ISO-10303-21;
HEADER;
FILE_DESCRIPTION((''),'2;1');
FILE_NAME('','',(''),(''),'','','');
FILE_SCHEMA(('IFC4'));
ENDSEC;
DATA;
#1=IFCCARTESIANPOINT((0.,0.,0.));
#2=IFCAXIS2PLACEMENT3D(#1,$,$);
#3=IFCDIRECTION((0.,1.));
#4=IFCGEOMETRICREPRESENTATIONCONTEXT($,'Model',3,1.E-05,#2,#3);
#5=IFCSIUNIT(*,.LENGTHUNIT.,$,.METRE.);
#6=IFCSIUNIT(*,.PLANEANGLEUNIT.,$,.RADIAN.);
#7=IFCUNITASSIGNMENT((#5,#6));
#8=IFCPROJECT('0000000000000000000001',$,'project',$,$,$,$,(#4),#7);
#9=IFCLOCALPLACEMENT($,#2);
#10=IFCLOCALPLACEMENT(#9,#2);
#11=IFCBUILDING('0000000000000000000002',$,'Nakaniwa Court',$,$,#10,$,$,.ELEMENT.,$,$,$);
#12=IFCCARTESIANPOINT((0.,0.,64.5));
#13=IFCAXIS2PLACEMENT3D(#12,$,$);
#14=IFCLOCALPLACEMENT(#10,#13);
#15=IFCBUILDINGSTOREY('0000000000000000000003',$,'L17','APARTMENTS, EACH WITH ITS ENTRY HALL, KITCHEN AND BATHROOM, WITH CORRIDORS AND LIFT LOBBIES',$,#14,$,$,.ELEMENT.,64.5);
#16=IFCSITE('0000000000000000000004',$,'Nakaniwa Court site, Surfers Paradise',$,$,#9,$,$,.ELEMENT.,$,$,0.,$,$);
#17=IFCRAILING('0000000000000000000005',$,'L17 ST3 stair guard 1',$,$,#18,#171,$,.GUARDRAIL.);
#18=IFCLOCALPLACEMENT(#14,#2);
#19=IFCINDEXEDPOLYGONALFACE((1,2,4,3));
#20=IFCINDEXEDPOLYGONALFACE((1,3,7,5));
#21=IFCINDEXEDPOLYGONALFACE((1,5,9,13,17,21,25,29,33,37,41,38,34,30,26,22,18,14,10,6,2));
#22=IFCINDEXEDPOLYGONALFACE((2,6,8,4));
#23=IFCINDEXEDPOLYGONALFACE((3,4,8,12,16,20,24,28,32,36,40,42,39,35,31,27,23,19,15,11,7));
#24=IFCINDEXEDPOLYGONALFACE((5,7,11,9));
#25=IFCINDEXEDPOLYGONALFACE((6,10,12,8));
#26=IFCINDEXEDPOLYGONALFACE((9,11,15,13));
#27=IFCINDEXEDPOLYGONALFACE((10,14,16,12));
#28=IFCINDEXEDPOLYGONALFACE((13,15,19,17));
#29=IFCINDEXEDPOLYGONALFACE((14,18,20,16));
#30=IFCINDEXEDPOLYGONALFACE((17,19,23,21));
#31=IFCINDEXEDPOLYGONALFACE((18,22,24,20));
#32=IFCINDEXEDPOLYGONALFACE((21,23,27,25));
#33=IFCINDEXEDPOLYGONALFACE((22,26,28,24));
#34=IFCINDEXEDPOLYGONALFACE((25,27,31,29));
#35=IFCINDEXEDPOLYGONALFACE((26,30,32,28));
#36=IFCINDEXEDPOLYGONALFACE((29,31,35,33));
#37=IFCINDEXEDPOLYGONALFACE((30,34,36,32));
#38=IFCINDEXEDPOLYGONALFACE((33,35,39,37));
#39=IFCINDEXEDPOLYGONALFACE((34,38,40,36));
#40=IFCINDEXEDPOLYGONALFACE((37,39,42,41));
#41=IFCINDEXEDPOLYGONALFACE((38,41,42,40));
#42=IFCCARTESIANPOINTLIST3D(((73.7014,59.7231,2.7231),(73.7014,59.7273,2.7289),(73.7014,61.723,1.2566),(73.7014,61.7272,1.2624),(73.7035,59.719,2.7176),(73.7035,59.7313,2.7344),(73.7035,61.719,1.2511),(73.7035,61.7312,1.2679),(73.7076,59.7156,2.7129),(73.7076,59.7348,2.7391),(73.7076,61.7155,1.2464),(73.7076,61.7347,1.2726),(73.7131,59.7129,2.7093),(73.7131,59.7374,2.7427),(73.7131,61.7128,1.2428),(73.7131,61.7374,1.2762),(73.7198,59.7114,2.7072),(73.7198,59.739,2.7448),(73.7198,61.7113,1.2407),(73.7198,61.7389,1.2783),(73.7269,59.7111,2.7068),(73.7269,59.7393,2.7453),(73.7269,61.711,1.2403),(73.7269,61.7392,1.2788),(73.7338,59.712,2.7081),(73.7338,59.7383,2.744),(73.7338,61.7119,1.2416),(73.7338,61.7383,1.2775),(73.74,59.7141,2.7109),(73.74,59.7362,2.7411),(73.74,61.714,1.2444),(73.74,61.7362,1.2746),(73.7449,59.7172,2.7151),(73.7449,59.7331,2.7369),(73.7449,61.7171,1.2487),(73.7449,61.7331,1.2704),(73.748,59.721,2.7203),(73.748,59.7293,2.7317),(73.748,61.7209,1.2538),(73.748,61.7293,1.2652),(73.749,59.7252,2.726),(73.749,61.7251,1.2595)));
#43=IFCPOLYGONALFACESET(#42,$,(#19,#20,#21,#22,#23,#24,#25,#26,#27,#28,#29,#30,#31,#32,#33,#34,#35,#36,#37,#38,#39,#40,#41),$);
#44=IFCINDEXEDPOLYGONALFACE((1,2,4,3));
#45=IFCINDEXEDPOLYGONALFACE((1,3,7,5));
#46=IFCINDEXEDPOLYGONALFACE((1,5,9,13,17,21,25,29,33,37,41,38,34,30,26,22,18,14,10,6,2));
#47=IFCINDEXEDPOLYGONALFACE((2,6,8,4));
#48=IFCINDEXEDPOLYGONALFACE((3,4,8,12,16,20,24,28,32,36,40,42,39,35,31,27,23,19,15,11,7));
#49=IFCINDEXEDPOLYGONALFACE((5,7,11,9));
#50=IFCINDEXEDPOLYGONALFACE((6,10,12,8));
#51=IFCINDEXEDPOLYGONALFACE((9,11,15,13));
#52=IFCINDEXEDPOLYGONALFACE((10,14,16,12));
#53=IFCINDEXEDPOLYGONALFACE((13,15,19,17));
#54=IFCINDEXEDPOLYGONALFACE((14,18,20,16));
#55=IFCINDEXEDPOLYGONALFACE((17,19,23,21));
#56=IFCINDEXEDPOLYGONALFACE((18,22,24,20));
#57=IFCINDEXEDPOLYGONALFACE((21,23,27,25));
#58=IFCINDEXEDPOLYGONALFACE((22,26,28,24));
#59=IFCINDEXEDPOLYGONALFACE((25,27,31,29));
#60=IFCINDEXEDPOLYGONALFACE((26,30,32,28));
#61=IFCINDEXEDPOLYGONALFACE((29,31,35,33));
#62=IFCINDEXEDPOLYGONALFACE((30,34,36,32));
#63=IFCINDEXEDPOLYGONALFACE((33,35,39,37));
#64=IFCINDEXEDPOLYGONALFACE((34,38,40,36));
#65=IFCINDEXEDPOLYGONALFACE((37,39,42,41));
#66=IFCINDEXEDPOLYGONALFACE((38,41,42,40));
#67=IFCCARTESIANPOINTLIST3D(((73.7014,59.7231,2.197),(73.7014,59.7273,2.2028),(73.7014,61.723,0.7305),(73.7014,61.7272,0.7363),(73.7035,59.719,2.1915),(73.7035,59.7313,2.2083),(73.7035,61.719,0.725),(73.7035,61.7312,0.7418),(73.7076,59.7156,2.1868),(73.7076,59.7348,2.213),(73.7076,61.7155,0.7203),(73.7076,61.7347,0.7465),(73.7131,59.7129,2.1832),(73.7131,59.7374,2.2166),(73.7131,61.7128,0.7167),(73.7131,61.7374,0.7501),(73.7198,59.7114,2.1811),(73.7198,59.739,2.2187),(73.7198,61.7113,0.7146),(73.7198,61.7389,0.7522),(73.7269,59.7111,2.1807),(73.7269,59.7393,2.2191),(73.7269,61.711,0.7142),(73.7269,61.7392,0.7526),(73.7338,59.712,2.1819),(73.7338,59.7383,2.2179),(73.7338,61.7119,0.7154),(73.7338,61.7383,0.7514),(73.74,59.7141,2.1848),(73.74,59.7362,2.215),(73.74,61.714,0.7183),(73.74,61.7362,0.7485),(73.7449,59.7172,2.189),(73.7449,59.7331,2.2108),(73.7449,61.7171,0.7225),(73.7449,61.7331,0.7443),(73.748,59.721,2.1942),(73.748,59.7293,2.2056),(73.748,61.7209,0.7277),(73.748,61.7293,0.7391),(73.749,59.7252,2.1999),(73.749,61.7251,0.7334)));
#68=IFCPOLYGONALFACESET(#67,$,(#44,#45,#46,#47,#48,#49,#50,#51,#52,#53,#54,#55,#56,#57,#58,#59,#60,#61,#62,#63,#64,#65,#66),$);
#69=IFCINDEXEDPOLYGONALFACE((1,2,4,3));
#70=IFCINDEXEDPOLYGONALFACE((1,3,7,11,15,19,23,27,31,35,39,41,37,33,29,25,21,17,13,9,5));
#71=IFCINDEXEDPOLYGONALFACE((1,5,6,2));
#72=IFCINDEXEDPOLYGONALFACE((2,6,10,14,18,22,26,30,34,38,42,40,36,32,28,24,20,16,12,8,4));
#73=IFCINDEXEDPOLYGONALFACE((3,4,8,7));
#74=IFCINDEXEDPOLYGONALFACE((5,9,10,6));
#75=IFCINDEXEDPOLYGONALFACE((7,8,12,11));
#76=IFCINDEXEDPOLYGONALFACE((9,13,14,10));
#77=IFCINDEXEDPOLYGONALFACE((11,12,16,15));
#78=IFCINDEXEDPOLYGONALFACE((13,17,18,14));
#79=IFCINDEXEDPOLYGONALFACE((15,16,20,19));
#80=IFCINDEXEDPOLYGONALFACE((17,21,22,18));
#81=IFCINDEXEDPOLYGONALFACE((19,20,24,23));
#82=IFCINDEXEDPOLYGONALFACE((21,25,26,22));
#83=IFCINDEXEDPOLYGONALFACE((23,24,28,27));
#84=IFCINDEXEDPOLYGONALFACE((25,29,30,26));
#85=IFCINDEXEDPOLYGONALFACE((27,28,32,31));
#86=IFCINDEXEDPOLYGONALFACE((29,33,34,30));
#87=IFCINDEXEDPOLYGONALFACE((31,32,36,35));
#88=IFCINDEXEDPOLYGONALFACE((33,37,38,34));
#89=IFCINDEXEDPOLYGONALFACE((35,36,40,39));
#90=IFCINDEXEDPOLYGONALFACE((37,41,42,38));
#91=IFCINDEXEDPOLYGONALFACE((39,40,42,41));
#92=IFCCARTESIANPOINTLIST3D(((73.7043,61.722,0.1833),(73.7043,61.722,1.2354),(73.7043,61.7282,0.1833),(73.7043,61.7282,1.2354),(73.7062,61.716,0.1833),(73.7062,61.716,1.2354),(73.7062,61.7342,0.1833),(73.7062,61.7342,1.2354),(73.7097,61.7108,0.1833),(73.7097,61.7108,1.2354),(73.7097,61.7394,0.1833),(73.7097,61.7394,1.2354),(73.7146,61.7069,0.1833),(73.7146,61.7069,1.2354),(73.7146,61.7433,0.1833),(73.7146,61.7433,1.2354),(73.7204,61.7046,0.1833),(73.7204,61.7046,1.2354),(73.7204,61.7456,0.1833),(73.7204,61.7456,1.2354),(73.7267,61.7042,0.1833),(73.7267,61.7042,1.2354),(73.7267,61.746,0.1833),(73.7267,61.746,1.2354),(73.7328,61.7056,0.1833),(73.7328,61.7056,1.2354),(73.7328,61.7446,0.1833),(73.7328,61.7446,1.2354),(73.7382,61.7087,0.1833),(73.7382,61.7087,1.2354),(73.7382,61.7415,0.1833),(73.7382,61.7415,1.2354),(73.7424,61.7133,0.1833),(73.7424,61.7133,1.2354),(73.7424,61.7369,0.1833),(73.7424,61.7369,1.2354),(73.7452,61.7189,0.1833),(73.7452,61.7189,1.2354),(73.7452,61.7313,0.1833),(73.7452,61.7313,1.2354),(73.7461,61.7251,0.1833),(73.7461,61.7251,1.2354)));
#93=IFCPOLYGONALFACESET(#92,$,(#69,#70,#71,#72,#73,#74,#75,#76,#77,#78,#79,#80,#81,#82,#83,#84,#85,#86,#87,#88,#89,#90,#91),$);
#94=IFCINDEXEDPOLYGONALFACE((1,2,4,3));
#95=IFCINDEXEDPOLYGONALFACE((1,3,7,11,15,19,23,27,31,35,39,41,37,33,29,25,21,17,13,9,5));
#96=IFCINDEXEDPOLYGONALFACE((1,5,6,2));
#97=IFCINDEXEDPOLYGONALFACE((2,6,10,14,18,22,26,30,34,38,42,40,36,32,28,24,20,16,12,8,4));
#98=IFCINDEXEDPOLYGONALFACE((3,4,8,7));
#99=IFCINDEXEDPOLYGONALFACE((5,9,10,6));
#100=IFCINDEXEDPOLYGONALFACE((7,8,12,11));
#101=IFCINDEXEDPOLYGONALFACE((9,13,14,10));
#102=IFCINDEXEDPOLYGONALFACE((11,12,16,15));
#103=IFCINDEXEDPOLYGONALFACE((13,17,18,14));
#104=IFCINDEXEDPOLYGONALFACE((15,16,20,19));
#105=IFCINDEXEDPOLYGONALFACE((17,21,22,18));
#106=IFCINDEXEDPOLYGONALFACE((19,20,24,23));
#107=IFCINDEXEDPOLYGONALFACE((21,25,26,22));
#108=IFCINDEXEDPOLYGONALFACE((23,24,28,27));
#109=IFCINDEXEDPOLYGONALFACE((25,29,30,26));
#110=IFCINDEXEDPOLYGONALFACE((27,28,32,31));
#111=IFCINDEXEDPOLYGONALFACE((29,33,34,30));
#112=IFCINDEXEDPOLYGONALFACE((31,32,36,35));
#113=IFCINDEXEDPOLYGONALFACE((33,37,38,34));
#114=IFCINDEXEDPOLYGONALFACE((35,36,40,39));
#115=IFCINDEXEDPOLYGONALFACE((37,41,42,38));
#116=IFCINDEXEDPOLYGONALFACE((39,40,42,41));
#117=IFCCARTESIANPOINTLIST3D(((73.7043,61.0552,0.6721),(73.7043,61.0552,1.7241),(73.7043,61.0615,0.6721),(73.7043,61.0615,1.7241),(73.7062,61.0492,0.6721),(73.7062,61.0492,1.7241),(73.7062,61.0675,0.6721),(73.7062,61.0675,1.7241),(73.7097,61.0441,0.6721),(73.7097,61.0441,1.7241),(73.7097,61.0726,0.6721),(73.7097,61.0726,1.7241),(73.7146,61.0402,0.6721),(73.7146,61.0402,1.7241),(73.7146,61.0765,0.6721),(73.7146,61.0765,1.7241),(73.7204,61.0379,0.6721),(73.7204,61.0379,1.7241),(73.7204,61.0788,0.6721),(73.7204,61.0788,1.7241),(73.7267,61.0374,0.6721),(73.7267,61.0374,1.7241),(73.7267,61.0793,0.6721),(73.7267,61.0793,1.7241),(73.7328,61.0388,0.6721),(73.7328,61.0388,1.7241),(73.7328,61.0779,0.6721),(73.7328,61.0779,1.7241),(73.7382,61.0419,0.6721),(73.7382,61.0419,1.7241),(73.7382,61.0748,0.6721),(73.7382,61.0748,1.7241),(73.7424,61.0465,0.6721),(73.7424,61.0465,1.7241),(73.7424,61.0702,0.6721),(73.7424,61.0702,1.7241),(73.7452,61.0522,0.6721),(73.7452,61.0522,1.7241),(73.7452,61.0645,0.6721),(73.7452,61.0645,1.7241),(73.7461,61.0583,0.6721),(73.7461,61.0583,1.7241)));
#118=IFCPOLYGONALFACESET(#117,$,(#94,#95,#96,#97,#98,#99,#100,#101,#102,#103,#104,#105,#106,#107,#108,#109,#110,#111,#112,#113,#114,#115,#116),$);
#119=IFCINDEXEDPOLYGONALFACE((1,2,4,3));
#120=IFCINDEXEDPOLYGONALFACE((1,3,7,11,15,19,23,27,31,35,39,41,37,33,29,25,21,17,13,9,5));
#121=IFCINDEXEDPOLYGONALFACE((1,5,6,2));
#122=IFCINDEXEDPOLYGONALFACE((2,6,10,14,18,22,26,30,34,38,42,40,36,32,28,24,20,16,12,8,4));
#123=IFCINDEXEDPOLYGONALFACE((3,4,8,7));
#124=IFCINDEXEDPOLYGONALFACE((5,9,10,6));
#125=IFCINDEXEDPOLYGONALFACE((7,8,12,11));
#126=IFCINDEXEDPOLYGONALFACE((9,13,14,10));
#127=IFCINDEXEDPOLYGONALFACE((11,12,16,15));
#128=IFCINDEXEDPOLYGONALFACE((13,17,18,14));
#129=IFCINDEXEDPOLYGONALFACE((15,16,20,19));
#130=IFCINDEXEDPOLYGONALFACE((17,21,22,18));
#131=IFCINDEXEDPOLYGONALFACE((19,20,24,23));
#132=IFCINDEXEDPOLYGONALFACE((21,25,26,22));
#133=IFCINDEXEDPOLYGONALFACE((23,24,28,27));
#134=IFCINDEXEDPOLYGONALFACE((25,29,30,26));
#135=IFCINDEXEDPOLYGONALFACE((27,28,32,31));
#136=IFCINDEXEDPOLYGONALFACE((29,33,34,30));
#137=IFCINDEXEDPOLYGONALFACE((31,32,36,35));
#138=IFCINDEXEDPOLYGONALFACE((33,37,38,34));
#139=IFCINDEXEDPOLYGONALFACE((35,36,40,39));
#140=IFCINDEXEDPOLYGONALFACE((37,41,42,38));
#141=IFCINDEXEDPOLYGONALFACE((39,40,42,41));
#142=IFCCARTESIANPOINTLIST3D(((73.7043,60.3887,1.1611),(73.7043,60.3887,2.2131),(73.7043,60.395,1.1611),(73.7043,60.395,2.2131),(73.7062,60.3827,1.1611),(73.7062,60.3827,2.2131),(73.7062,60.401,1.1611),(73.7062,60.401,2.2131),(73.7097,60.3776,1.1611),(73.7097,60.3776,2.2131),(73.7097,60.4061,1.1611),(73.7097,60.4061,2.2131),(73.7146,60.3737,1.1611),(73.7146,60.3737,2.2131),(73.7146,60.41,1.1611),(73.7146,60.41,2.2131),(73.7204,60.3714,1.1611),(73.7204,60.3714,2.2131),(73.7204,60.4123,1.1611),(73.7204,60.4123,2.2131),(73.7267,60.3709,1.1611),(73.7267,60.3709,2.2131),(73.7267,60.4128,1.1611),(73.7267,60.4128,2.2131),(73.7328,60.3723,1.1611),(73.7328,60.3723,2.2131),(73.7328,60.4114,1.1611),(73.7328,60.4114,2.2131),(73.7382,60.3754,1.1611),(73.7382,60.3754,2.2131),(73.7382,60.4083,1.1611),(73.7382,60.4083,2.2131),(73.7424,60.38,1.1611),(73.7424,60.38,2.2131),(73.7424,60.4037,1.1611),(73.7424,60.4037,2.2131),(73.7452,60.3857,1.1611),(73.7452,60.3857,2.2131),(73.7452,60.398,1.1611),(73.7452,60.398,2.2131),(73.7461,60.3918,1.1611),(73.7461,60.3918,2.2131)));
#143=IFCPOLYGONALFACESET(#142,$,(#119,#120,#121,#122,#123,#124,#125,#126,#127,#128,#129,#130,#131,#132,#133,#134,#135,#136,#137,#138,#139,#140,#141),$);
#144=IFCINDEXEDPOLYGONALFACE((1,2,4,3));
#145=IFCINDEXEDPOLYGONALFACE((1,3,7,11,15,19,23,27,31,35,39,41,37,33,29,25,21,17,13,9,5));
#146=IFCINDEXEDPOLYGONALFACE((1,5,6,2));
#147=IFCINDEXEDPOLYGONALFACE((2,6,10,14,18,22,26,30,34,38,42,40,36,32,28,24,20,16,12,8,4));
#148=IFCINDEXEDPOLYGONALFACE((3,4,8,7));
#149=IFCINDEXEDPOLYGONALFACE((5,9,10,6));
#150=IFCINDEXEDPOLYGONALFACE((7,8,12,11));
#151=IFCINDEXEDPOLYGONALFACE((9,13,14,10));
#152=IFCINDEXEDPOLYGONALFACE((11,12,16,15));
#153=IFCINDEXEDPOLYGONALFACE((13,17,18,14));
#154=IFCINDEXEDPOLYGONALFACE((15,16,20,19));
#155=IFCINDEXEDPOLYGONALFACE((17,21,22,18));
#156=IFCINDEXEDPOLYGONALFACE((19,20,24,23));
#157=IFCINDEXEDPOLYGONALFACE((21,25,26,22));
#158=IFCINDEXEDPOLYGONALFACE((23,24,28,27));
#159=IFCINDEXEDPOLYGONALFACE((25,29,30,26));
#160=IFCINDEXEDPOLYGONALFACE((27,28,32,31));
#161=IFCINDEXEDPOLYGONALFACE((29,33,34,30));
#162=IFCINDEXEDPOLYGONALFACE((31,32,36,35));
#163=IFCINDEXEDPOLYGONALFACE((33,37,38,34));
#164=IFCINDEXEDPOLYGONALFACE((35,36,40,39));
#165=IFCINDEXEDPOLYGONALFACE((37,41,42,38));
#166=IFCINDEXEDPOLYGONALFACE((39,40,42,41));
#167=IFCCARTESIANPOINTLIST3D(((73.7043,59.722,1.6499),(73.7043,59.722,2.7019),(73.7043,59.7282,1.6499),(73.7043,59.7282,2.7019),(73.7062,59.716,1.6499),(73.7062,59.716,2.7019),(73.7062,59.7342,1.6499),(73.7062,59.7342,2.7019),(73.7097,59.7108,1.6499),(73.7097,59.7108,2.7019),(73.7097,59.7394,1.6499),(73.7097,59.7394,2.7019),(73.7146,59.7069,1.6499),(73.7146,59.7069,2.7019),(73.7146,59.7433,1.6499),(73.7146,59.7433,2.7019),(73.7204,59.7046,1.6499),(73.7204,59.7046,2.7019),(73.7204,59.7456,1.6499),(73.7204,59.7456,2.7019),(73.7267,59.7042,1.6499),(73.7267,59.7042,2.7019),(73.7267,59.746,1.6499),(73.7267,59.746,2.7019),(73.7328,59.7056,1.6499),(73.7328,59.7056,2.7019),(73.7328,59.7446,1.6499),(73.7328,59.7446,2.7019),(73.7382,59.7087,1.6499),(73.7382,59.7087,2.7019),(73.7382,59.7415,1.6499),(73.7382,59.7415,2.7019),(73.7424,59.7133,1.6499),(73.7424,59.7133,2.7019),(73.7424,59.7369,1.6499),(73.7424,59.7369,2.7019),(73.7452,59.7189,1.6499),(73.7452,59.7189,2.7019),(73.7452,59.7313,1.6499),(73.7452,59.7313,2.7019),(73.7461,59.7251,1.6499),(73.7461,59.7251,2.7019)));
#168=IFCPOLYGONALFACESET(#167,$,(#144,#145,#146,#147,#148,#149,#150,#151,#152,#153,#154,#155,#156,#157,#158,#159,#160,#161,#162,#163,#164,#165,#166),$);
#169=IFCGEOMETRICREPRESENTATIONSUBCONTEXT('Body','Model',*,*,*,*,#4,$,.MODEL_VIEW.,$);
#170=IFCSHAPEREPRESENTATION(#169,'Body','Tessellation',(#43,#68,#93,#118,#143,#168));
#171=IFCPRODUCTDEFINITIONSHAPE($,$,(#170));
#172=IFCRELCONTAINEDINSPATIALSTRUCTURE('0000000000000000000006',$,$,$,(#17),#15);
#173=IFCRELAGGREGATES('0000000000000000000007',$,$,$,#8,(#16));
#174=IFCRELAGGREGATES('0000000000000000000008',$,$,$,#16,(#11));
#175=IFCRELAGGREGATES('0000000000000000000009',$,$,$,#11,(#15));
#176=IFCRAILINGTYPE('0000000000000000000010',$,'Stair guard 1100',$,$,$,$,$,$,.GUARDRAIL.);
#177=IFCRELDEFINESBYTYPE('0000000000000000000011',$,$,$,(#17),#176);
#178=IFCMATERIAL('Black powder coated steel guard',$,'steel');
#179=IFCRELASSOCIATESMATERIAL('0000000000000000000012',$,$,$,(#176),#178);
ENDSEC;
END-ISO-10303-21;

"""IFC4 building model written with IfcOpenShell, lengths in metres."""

from ifc_helpers import new_model, si_unit, direction, frame, origin, origin_2d, place, context, subcontext, project, spatial, circle, extrude, material, type_object, element, save


model = new_model("IFC4")

# Units and contexts
model_context = context("Model", 3, precision=1e-05, world=origin(), true_north=direction((0.0, 1.0)))
body_context = subcontext(model_context, "Body", "Model", "MODEL_VIEW")
ifc_project = project(units=[si_unit("LENGTHUNIT", "METRE"), si_unit("PLANEANGLEUNIT", "RADIAN")], contexts=[model_context])

# Site, building, storey
site_placement = place(None, origin())
site = spatial("IfcSite", under=ifc_project, at=site_placement, Name="Nakaniwa Court site, Surfers Paradise", CompositionType="ELEMENT", RefElevation=0.0)
building_placement = place(site_placement, origin())
building = spatial("IfcBuilding", under=site, at=building_placement, Name="Nakaniwa Court", CompositionType="ELEMENT")
storey_placement = place(building_placement, frame((0.0, 0.0, 64.5)))
storey = spatial("IfcBuildingStorey", under=building, at=storey_placement, Name="L17", Description="APARTMENTS, EACH WITH ITS ENTRY HALL, KITCHEN AND BATHROOM, WITH CORRIDORS AND LIFT LOBBIES", CompositionType="ELEMENT", Elevation=64.5)

# Railing
ifc_material_1 = material(Name="Black powder coated steel guard", Category="steel")
railing_type_1 = type_object("IfcRailingType", Name="Stair guard 1100", PredefinedType="GUARDRAIL", material=ifc_material_1)
railing_1_placement = place(storey_placement, frame((73.7251, 61.7251, 0.1833)))
element("IfcRailing", 1, at=railing_1_placement, inside=storey, type_object=railing_type_1, Name="L17 ST3 stair guard 1", PredefinedType="GUARDRAIL", context=body_context, shape_type="SweptSolid", body=[
    extrude(circle(Radius=0.0239, at=origin_2d()), frame((0.0, 0.0, 1.0762), z_axis=(0.0, -0.806427, 0.591334), x_axis=(1.0, 0.0, 0.0)), (0.0, 0.0, 1.0), 2.48),
    extrude(circle(Radius=0.0239, at=origin_2d()), frame((0.0, 0.0, 0.55), z_axis=(0.0, -0.806427, 0.591334), x_axis=(1.0, 0.0, 0.0)), (0.0, 0.0, 1.0), 2.48),
    extrude(circle(Radius=0.021, at=origin_2d()), origin(), (0.0, 0.0, 1.0), 1.052),
    extrude(circle(Radius=0.021, at=origin_2d()), frame((0.0, -0.6667, 0.4888)), (0.0, 0.0, 1.0), 1.052),
    extrude(circle(Radius=0.021, at=origin_2d()), frame((0.0, -1.3333, 0.9778)), (0.0, 0.0, 1.0), 1.052),
    extrude(circle(Radius=0.021, at=origin_2d()), frame((0.0, -2.0, 1.4666)), (0.0, 0.0, 1.0), 1.052),
])

save(model, "model.ifc")
